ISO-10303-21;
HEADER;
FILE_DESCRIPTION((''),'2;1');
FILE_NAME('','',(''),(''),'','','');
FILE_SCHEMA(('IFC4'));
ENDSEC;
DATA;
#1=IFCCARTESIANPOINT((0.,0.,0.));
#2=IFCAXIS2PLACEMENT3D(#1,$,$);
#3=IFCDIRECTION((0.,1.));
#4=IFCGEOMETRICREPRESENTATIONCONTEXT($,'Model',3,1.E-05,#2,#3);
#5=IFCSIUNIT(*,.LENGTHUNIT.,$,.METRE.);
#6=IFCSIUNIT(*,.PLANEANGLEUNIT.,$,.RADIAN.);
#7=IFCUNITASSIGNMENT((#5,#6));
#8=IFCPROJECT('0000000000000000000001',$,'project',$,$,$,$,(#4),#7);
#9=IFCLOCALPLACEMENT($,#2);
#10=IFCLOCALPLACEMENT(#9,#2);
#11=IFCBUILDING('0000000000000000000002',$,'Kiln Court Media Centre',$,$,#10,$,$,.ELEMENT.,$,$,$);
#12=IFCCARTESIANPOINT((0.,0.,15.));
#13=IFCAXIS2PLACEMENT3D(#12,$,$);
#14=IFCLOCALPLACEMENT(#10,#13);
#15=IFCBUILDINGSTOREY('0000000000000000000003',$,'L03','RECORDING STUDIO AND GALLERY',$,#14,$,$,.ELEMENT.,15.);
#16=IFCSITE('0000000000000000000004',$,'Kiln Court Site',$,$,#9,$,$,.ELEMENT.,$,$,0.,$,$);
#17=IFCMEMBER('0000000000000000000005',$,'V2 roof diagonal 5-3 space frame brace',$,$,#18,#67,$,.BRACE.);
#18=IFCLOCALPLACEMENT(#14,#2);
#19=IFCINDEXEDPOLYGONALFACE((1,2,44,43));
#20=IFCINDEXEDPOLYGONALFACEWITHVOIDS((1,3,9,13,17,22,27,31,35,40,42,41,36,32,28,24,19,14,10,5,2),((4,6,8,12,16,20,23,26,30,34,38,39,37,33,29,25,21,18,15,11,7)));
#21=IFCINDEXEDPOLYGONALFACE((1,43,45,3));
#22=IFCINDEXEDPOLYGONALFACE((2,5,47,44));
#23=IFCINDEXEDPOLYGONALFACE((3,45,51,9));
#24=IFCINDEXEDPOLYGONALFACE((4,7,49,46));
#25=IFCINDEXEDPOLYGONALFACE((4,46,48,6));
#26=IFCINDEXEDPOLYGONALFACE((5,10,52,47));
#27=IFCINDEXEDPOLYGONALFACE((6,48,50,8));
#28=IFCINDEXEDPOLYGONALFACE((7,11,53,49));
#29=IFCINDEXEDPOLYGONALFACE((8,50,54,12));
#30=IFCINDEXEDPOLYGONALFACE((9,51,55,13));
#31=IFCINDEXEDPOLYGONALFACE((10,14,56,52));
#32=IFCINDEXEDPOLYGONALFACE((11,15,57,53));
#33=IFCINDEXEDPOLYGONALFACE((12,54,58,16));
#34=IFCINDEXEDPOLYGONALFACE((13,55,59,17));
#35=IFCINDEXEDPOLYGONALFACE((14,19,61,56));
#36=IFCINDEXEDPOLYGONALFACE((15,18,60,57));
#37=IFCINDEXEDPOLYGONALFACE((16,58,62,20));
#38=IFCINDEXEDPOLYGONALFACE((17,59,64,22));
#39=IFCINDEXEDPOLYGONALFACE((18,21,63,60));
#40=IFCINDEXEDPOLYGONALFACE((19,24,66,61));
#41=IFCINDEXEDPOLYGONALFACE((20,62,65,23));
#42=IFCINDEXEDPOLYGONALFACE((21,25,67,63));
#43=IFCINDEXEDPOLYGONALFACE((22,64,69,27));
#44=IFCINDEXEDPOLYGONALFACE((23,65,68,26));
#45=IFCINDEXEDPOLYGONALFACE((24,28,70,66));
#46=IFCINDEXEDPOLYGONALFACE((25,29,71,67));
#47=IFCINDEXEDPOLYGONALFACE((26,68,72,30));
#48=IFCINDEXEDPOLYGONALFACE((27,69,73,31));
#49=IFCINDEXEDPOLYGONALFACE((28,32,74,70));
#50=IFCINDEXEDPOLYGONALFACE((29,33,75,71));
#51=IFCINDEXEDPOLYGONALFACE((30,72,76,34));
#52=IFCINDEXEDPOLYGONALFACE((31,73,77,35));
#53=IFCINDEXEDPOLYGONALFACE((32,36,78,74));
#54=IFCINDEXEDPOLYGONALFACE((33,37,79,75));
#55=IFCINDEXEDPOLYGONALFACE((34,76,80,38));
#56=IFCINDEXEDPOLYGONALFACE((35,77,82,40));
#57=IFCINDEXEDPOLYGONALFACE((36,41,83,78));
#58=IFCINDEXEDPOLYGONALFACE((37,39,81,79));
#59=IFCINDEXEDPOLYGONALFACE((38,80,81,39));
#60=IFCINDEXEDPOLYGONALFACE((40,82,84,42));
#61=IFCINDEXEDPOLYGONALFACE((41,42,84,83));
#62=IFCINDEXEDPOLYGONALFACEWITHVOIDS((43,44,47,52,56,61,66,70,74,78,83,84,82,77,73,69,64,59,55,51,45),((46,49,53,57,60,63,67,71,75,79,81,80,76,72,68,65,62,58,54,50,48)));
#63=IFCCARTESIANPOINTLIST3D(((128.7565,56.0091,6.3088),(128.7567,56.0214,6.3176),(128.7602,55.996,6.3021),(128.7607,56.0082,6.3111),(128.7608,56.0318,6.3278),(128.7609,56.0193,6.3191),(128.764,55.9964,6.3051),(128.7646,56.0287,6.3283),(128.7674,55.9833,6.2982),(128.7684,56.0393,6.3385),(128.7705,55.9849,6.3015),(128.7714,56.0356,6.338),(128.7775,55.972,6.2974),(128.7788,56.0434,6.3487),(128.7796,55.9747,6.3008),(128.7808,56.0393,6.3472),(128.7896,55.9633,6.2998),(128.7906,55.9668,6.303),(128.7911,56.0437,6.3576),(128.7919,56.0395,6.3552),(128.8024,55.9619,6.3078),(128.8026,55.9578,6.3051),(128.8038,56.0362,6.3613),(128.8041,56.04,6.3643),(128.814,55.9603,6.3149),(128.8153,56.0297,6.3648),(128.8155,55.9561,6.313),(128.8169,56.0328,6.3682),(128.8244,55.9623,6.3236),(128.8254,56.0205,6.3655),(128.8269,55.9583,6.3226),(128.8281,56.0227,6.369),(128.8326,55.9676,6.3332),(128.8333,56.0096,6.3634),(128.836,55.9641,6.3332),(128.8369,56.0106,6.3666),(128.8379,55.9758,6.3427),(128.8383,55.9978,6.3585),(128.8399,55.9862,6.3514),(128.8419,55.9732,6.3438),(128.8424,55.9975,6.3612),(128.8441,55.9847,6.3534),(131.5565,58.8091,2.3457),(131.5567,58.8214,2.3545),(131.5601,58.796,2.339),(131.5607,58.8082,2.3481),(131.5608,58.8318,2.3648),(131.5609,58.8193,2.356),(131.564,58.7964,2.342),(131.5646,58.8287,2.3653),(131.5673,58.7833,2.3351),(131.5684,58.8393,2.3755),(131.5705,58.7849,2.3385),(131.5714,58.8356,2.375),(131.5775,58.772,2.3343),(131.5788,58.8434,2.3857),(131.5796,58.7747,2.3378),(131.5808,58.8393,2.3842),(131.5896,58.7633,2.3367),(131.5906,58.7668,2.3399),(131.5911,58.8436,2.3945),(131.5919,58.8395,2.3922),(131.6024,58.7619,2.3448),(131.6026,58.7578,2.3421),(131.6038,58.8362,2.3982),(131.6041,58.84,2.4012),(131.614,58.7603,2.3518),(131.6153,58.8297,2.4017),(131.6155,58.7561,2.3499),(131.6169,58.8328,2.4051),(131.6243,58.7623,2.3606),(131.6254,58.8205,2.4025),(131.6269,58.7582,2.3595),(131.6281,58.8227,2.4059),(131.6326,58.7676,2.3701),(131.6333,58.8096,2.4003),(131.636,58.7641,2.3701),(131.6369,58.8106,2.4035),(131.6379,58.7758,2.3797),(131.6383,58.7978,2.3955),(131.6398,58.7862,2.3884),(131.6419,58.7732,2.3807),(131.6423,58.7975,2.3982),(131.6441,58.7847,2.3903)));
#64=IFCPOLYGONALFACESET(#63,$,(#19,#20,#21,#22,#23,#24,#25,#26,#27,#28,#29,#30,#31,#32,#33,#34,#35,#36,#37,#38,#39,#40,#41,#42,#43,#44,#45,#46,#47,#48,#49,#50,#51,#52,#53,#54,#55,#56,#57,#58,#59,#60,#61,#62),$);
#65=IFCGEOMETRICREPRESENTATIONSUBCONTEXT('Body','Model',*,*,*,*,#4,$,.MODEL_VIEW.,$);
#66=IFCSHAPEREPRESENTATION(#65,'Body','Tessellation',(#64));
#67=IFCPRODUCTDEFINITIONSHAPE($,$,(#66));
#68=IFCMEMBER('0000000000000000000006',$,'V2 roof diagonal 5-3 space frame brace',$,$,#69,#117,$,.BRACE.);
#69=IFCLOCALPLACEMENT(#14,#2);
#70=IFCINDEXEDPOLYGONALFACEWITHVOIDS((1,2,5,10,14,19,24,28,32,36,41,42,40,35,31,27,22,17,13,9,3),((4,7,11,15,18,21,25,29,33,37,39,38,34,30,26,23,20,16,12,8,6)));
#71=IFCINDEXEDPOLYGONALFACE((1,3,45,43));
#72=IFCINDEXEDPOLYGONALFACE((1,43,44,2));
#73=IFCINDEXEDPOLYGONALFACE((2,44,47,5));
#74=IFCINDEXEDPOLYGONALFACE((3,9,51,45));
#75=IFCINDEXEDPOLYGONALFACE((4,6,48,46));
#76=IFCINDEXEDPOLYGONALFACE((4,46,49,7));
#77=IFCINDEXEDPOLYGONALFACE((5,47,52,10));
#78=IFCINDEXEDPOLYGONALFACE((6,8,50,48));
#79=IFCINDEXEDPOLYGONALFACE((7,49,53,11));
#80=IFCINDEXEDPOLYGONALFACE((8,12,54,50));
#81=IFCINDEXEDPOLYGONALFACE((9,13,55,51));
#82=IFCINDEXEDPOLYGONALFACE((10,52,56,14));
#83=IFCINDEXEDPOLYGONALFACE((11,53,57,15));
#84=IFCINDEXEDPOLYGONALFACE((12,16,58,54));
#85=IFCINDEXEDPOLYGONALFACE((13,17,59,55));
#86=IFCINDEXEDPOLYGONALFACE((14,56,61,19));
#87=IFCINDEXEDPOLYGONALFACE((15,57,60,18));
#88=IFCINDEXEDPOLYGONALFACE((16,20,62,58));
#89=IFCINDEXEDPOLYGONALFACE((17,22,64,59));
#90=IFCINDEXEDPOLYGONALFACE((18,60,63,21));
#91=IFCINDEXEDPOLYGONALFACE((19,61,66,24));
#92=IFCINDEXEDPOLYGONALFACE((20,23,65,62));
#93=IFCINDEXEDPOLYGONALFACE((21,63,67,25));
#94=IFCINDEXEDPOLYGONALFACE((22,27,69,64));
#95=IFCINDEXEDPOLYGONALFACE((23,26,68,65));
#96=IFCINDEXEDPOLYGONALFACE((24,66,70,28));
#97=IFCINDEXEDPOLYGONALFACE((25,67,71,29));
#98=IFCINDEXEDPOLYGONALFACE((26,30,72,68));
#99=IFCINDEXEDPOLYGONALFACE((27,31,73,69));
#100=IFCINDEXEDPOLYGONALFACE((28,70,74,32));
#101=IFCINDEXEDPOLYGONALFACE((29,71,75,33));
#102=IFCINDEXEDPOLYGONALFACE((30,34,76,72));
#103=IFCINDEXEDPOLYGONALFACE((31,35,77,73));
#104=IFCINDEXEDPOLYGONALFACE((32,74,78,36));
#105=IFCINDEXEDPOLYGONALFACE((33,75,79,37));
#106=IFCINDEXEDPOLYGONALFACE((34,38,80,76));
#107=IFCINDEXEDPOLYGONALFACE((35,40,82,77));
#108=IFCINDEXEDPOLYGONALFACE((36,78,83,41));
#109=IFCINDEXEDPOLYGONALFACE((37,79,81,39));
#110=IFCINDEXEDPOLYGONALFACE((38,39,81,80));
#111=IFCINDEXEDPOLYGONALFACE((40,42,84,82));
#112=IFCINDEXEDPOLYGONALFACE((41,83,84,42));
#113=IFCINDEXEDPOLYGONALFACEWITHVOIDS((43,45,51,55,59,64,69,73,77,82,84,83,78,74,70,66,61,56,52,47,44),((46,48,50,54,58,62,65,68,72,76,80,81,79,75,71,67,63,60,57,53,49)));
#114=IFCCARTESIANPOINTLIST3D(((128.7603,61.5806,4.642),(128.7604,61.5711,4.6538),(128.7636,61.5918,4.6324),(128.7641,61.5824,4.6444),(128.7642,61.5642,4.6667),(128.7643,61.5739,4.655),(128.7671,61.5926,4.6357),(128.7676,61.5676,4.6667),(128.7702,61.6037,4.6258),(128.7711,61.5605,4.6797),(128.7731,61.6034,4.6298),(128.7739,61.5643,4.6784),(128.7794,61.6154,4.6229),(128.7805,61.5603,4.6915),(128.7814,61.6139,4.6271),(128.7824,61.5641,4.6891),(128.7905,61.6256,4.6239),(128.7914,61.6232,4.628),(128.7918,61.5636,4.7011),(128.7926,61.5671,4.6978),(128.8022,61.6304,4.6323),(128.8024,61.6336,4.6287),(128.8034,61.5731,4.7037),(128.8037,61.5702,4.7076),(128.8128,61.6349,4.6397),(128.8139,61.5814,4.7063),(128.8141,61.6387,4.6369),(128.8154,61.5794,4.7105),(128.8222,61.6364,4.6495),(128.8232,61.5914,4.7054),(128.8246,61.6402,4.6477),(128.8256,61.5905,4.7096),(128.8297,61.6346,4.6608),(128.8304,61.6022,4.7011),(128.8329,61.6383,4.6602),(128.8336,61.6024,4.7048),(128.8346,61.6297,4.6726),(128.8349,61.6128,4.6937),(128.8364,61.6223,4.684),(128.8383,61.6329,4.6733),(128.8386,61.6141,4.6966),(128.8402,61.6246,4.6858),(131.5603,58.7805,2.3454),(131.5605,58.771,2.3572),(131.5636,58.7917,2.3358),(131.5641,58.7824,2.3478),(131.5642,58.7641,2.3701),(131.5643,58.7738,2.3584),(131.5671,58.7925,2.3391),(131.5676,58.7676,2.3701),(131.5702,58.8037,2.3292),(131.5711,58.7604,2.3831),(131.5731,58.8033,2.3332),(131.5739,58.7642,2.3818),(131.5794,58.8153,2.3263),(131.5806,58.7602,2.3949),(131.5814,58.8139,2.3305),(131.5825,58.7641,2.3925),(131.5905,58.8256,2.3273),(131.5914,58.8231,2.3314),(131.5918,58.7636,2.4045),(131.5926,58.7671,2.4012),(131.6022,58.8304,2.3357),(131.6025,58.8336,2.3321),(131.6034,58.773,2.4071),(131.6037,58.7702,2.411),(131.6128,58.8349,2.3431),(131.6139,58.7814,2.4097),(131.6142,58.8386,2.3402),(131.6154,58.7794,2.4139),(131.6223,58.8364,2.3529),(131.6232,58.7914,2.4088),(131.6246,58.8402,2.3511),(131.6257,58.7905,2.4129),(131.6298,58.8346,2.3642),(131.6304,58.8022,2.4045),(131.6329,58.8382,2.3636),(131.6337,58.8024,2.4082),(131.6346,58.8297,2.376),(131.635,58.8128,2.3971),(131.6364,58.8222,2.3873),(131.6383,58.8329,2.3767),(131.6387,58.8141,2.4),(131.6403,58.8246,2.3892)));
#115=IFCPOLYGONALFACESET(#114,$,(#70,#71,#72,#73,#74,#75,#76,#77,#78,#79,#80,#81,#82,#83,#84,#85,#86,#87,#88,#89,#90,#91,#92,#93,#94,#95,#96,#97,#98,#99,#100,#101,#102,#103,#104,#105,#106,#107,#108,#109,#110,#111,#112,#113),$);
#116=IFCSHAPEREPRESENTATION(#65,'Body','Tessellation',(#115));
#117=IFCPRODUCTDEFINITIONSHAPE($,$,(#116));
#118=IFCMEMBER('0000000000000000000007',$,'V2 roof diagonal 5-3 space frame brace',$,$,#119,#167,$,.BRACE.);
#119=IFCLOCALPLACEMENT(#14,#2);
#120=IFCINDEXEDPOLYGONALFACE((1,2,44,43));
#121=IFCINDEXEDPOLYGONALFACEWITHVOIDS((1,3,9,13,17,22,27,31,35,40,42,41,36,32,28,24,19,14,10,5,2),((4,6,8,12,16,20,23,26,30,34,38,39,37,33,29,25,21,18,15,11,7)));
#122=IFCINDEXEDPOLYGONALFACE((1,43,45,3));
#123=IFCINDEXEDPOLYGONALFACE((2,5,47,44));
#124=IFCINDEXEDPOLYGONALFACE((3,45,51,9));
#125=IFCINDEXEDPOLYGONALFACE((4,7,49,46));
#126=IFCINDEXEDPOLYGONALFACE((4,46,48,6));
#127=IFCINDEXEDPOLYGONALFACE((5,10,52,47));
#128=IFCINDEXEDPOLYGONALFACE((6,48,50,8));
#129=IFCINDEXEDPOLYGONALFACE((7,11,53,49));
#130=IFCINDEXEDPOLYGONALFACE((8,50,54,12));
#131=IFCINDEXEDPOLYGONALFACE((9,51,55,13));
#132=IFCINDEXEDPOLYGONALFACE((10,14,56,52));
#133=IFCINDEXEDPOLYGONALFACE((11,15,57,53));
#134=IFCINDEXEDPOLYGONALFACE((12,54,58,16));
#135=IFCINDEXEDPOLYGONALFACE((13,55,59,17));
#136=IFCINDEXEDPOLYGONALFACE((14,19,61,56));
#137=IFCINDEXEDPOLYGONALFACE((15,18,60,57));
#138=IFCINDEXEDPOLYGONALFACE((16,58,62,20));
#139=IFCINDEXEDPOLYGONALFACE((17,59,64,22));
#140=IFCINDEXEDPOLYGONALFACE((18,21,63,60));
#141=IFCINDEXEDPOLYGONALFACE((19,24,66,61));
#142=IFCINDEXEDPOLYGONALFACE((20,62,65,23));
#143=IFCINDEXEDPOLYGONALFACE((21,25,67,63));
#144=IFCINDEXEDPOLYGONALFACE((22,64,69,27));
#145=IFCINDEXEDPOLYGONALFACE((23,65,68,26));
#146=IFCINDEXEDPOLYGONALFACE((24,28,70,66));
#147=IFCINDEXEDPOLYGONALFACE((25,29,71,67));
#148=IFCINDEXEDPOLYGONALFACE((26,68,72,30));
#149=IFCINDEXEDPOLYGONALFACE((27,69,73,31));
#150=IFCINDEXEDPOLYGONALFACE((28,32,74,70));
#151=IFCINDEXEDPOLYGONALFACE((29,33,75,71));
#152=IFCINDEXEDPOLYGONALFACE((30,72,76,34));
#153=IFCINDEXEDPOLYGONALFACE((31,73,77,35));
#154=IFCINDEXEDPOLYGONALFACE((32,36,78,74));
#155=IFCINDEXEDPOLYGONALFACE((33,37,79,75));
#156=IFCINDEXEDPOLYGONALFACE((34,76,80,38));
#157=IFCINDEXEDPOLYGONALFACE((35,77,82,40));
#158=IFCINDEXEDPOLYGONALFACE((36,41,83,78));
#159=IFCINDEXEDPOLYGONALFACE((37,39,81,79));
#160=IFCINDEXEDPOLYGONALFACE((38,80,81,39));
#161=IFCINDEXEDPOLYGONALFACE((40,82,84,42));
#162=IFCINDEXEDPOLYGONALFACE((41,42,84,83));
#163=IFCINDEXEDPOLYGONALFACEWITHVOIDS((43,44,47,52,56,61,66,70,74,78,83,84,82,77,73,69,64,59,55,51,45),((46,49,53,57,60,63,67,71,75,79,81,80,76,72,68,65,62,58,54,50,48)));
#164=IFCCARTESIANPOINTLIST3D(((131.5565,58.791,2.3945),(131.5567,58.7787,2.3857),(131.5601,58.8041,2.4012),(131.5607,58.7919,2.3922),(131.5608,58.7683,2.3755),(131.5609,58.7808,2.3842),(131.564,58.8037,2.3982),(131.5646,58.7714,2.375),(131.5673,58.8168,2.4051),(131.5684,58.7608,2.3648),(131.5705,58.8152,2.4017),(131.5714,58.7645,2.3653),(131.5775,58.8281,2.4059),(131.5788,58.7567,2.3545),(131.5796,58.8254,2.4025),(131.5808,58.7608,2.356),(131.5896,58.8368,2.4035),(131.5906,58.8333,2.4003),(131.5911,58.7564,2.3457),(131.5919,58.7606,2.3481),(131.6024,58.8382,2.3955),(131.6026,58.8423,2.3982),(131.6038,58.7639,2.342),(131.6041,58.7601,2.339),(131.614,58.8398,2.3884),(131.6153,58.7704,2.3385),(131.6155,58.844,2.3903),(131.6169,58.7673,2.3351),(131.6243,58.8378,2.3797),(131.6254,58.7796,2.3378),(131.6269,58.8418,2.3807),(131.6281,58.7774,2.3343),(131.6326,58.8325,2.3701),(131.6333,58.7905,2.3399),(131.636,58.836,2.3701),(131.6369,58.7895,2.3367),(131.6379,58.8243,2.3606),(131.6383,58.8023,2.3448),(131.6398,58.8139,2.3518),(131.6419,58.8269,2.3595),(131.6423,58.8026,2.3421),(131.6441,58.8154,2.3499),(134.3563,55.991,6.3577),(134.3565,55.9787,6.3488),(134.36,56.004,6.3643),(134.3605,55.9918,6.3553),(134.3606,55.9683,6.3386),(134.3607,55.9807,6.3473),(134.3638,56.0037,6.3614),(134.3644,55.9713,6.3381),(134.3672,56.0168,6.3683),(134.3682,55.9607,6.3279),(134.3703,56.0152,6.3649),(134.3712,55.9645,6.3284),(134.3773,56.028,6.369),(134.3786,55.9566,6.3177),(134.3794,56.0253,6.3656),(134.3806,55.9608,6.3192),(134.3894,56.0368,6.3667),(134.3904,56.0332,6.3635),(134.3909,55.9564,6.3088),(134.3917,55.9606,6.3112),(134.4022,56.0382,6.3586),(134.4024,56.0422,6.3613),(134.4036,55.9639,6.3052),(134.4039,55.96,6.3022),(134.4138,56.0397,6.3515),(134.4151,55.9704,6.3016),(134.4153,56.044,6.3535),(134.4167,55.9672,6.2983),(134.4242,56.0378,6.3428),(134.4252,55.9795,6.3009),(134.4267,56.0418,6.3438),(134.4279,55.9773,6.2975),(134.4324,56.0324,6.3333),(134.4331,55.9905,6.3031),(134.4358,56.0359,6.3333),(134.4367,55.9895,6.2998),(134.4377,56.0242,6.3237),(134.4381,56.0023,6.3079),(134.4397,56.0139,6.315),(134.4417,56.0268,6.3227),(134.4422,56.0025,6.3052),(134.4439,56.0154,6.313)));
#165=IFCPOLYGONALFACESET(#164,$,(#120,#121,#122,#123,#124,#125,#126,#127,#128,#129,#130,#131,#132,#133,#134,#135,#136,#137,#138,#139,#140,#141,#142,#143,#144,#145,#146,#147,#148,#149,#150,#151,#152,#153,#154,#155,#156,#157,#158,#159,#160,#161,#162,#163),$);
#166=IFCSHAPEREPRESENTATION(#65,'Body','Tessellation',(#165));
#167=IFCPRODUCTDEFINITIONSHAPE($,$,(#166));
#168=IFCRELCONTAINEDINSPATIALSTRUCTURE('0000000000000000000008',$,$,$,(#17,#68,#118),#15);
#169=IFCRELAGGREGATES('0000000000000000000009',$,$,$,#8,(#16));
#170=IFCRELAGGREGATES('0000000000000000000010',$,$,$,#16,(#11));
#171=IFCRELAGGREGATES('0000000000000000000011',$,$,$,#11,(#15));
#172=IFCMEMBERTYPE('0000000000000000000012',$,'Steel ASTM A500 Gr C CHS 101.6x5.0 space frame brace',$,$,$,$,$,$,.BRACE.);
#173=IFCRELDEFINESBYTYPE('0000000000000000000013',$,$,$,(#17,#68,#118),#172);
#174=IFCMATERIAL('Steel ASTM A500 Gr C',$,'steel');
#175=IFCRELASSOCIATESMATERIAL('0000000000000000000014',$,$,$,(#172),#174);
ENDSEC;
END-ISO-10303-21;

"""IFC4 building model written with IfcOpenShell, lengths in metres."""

from ifc_helpers import new_model, si_unit, direction, frame, origin, origin_2d, place, context, subcontext, project, spatial, hollow_circle, extrude, material, material_profile, profile_set, type_object, element, save


model = new_model("IFC4")

# Units and contexts
model_context = context("Model", 3, precision=1e-05, world=origin(), true_north=direction((0.0, 1.0)))
body_context = subcontext(model_context, "Body", "Model", "MODEL_VIEW")
ifc_project = project(units=[si_unit("LENGTHUNIT", "METRE"), si_unit("PLANEANGLEUNIT", "RADIAN")], contexts=[model_context])

# Site, building, storey
site_placement = place(None, origin())
site = spatial("IfcSite", under=ifc_project, at=site_placement, Name="Kiln Court Site", CompositionType="ELEMENT", RefElevation=0.0)
building_placement = place(site_placement, origin())
building = spatial("IfcBuilding", under=site, at=building_placement, Name="Kiln Court Media Centre", CompositionType="ELEMENT")
storey_placement = place(building_placement, frame((0.0, 0.0, 15.0)))
storey = spatial("IfcBuildingStorey", under=building, at=storey_placement, Name="L03", Description="RECORDING STUDIO AND GALLERY", CompositionType="ELEMENT", Elevation=15.0)

# Members
ifc_material_1 = material(Name="Steel ASTM A500 Gr C", Category="steel")
ifc_material_profile_1 = material_profile(ifc_material_1, hollow_circle(Radius=0.0508, WallThickness=0.0049, at=origin_2d()), Name="CHS 101.6x5.0")
ifc_profile_set_1 = profile_set([ifc_material_profile_1], Name="Steel ASTM A500 Gr C")
member_type_1 = type_object("IfcMemberType", Name="Steel ASTM A500 Gr C CHS 101.6x5.0 space frame brace", PredefinedType="BRACE", material=ifc_profile_set_1)
member_1_placement = place(storey_placement, frame((131.6001, 58.8, 2.3701), z_axis=(-0.499794, -0.499794, 0.707398), x_axis=(0.707107, -0.707107, 0.0)))
element("IfcMember", 1, at=member_1_placement, inside=storey, type_object=member_type_1, Name="V2 roof diagonal 5-3 space frame brace", PredefinedType="BRACE", context=body_context, shape_type="SweptSolid", body=[
    extrude(hollow_circle(Radius=0.0508, WallThickness=0.0049, at=origin_2d()), origin(), (0.0, 0.0, 1.0), 5.6023),
])
member_2_placement = place(storey_placement, frame((131.6001, 58.8, 2.3701), z_axis=(-0.611676, 0.611676, 0.501703), x_axis=(-0.707107, -0.707107, 0.0)))
element("IfcMember", 2, at=member_2_placement, inside=storey, type_object=member_type_1, Name="V2 roof diagonal 5-3 space frame brace", PredefinedType="BRACE", context=body_context, shape_type="SweptSolid", body=[
    extrude(hollow_circle(Radius=0.0508, WallThickness=0.0049, at=origin_2d()), origin(), (0.0, 0.0, 1.0), 4.5776),
])
member_3_placement = place(storey_placement, frame((131.6001, 58.8, 2.3701), z_axis=(0.499761, -0.499805, 0.707414), x_axis=(0.707138, 0.707076, 0.0)))
element("IfcMember", 3, at=member_3_placement, inside=storey, type_object=member_type_1, Name="V2 roof diagonal 5-3 space frame brace", PredefinedType="BRACE", context=body_context, shape_type="SweptSolid", body=[
    extrude(hollow_circle(Radius=0.0508, WallThickness=0.0049, at=origin_2d()), origin(), (0.0, 0.0, 1.0), 5.6023),
])

save(model, "model.ifc")
